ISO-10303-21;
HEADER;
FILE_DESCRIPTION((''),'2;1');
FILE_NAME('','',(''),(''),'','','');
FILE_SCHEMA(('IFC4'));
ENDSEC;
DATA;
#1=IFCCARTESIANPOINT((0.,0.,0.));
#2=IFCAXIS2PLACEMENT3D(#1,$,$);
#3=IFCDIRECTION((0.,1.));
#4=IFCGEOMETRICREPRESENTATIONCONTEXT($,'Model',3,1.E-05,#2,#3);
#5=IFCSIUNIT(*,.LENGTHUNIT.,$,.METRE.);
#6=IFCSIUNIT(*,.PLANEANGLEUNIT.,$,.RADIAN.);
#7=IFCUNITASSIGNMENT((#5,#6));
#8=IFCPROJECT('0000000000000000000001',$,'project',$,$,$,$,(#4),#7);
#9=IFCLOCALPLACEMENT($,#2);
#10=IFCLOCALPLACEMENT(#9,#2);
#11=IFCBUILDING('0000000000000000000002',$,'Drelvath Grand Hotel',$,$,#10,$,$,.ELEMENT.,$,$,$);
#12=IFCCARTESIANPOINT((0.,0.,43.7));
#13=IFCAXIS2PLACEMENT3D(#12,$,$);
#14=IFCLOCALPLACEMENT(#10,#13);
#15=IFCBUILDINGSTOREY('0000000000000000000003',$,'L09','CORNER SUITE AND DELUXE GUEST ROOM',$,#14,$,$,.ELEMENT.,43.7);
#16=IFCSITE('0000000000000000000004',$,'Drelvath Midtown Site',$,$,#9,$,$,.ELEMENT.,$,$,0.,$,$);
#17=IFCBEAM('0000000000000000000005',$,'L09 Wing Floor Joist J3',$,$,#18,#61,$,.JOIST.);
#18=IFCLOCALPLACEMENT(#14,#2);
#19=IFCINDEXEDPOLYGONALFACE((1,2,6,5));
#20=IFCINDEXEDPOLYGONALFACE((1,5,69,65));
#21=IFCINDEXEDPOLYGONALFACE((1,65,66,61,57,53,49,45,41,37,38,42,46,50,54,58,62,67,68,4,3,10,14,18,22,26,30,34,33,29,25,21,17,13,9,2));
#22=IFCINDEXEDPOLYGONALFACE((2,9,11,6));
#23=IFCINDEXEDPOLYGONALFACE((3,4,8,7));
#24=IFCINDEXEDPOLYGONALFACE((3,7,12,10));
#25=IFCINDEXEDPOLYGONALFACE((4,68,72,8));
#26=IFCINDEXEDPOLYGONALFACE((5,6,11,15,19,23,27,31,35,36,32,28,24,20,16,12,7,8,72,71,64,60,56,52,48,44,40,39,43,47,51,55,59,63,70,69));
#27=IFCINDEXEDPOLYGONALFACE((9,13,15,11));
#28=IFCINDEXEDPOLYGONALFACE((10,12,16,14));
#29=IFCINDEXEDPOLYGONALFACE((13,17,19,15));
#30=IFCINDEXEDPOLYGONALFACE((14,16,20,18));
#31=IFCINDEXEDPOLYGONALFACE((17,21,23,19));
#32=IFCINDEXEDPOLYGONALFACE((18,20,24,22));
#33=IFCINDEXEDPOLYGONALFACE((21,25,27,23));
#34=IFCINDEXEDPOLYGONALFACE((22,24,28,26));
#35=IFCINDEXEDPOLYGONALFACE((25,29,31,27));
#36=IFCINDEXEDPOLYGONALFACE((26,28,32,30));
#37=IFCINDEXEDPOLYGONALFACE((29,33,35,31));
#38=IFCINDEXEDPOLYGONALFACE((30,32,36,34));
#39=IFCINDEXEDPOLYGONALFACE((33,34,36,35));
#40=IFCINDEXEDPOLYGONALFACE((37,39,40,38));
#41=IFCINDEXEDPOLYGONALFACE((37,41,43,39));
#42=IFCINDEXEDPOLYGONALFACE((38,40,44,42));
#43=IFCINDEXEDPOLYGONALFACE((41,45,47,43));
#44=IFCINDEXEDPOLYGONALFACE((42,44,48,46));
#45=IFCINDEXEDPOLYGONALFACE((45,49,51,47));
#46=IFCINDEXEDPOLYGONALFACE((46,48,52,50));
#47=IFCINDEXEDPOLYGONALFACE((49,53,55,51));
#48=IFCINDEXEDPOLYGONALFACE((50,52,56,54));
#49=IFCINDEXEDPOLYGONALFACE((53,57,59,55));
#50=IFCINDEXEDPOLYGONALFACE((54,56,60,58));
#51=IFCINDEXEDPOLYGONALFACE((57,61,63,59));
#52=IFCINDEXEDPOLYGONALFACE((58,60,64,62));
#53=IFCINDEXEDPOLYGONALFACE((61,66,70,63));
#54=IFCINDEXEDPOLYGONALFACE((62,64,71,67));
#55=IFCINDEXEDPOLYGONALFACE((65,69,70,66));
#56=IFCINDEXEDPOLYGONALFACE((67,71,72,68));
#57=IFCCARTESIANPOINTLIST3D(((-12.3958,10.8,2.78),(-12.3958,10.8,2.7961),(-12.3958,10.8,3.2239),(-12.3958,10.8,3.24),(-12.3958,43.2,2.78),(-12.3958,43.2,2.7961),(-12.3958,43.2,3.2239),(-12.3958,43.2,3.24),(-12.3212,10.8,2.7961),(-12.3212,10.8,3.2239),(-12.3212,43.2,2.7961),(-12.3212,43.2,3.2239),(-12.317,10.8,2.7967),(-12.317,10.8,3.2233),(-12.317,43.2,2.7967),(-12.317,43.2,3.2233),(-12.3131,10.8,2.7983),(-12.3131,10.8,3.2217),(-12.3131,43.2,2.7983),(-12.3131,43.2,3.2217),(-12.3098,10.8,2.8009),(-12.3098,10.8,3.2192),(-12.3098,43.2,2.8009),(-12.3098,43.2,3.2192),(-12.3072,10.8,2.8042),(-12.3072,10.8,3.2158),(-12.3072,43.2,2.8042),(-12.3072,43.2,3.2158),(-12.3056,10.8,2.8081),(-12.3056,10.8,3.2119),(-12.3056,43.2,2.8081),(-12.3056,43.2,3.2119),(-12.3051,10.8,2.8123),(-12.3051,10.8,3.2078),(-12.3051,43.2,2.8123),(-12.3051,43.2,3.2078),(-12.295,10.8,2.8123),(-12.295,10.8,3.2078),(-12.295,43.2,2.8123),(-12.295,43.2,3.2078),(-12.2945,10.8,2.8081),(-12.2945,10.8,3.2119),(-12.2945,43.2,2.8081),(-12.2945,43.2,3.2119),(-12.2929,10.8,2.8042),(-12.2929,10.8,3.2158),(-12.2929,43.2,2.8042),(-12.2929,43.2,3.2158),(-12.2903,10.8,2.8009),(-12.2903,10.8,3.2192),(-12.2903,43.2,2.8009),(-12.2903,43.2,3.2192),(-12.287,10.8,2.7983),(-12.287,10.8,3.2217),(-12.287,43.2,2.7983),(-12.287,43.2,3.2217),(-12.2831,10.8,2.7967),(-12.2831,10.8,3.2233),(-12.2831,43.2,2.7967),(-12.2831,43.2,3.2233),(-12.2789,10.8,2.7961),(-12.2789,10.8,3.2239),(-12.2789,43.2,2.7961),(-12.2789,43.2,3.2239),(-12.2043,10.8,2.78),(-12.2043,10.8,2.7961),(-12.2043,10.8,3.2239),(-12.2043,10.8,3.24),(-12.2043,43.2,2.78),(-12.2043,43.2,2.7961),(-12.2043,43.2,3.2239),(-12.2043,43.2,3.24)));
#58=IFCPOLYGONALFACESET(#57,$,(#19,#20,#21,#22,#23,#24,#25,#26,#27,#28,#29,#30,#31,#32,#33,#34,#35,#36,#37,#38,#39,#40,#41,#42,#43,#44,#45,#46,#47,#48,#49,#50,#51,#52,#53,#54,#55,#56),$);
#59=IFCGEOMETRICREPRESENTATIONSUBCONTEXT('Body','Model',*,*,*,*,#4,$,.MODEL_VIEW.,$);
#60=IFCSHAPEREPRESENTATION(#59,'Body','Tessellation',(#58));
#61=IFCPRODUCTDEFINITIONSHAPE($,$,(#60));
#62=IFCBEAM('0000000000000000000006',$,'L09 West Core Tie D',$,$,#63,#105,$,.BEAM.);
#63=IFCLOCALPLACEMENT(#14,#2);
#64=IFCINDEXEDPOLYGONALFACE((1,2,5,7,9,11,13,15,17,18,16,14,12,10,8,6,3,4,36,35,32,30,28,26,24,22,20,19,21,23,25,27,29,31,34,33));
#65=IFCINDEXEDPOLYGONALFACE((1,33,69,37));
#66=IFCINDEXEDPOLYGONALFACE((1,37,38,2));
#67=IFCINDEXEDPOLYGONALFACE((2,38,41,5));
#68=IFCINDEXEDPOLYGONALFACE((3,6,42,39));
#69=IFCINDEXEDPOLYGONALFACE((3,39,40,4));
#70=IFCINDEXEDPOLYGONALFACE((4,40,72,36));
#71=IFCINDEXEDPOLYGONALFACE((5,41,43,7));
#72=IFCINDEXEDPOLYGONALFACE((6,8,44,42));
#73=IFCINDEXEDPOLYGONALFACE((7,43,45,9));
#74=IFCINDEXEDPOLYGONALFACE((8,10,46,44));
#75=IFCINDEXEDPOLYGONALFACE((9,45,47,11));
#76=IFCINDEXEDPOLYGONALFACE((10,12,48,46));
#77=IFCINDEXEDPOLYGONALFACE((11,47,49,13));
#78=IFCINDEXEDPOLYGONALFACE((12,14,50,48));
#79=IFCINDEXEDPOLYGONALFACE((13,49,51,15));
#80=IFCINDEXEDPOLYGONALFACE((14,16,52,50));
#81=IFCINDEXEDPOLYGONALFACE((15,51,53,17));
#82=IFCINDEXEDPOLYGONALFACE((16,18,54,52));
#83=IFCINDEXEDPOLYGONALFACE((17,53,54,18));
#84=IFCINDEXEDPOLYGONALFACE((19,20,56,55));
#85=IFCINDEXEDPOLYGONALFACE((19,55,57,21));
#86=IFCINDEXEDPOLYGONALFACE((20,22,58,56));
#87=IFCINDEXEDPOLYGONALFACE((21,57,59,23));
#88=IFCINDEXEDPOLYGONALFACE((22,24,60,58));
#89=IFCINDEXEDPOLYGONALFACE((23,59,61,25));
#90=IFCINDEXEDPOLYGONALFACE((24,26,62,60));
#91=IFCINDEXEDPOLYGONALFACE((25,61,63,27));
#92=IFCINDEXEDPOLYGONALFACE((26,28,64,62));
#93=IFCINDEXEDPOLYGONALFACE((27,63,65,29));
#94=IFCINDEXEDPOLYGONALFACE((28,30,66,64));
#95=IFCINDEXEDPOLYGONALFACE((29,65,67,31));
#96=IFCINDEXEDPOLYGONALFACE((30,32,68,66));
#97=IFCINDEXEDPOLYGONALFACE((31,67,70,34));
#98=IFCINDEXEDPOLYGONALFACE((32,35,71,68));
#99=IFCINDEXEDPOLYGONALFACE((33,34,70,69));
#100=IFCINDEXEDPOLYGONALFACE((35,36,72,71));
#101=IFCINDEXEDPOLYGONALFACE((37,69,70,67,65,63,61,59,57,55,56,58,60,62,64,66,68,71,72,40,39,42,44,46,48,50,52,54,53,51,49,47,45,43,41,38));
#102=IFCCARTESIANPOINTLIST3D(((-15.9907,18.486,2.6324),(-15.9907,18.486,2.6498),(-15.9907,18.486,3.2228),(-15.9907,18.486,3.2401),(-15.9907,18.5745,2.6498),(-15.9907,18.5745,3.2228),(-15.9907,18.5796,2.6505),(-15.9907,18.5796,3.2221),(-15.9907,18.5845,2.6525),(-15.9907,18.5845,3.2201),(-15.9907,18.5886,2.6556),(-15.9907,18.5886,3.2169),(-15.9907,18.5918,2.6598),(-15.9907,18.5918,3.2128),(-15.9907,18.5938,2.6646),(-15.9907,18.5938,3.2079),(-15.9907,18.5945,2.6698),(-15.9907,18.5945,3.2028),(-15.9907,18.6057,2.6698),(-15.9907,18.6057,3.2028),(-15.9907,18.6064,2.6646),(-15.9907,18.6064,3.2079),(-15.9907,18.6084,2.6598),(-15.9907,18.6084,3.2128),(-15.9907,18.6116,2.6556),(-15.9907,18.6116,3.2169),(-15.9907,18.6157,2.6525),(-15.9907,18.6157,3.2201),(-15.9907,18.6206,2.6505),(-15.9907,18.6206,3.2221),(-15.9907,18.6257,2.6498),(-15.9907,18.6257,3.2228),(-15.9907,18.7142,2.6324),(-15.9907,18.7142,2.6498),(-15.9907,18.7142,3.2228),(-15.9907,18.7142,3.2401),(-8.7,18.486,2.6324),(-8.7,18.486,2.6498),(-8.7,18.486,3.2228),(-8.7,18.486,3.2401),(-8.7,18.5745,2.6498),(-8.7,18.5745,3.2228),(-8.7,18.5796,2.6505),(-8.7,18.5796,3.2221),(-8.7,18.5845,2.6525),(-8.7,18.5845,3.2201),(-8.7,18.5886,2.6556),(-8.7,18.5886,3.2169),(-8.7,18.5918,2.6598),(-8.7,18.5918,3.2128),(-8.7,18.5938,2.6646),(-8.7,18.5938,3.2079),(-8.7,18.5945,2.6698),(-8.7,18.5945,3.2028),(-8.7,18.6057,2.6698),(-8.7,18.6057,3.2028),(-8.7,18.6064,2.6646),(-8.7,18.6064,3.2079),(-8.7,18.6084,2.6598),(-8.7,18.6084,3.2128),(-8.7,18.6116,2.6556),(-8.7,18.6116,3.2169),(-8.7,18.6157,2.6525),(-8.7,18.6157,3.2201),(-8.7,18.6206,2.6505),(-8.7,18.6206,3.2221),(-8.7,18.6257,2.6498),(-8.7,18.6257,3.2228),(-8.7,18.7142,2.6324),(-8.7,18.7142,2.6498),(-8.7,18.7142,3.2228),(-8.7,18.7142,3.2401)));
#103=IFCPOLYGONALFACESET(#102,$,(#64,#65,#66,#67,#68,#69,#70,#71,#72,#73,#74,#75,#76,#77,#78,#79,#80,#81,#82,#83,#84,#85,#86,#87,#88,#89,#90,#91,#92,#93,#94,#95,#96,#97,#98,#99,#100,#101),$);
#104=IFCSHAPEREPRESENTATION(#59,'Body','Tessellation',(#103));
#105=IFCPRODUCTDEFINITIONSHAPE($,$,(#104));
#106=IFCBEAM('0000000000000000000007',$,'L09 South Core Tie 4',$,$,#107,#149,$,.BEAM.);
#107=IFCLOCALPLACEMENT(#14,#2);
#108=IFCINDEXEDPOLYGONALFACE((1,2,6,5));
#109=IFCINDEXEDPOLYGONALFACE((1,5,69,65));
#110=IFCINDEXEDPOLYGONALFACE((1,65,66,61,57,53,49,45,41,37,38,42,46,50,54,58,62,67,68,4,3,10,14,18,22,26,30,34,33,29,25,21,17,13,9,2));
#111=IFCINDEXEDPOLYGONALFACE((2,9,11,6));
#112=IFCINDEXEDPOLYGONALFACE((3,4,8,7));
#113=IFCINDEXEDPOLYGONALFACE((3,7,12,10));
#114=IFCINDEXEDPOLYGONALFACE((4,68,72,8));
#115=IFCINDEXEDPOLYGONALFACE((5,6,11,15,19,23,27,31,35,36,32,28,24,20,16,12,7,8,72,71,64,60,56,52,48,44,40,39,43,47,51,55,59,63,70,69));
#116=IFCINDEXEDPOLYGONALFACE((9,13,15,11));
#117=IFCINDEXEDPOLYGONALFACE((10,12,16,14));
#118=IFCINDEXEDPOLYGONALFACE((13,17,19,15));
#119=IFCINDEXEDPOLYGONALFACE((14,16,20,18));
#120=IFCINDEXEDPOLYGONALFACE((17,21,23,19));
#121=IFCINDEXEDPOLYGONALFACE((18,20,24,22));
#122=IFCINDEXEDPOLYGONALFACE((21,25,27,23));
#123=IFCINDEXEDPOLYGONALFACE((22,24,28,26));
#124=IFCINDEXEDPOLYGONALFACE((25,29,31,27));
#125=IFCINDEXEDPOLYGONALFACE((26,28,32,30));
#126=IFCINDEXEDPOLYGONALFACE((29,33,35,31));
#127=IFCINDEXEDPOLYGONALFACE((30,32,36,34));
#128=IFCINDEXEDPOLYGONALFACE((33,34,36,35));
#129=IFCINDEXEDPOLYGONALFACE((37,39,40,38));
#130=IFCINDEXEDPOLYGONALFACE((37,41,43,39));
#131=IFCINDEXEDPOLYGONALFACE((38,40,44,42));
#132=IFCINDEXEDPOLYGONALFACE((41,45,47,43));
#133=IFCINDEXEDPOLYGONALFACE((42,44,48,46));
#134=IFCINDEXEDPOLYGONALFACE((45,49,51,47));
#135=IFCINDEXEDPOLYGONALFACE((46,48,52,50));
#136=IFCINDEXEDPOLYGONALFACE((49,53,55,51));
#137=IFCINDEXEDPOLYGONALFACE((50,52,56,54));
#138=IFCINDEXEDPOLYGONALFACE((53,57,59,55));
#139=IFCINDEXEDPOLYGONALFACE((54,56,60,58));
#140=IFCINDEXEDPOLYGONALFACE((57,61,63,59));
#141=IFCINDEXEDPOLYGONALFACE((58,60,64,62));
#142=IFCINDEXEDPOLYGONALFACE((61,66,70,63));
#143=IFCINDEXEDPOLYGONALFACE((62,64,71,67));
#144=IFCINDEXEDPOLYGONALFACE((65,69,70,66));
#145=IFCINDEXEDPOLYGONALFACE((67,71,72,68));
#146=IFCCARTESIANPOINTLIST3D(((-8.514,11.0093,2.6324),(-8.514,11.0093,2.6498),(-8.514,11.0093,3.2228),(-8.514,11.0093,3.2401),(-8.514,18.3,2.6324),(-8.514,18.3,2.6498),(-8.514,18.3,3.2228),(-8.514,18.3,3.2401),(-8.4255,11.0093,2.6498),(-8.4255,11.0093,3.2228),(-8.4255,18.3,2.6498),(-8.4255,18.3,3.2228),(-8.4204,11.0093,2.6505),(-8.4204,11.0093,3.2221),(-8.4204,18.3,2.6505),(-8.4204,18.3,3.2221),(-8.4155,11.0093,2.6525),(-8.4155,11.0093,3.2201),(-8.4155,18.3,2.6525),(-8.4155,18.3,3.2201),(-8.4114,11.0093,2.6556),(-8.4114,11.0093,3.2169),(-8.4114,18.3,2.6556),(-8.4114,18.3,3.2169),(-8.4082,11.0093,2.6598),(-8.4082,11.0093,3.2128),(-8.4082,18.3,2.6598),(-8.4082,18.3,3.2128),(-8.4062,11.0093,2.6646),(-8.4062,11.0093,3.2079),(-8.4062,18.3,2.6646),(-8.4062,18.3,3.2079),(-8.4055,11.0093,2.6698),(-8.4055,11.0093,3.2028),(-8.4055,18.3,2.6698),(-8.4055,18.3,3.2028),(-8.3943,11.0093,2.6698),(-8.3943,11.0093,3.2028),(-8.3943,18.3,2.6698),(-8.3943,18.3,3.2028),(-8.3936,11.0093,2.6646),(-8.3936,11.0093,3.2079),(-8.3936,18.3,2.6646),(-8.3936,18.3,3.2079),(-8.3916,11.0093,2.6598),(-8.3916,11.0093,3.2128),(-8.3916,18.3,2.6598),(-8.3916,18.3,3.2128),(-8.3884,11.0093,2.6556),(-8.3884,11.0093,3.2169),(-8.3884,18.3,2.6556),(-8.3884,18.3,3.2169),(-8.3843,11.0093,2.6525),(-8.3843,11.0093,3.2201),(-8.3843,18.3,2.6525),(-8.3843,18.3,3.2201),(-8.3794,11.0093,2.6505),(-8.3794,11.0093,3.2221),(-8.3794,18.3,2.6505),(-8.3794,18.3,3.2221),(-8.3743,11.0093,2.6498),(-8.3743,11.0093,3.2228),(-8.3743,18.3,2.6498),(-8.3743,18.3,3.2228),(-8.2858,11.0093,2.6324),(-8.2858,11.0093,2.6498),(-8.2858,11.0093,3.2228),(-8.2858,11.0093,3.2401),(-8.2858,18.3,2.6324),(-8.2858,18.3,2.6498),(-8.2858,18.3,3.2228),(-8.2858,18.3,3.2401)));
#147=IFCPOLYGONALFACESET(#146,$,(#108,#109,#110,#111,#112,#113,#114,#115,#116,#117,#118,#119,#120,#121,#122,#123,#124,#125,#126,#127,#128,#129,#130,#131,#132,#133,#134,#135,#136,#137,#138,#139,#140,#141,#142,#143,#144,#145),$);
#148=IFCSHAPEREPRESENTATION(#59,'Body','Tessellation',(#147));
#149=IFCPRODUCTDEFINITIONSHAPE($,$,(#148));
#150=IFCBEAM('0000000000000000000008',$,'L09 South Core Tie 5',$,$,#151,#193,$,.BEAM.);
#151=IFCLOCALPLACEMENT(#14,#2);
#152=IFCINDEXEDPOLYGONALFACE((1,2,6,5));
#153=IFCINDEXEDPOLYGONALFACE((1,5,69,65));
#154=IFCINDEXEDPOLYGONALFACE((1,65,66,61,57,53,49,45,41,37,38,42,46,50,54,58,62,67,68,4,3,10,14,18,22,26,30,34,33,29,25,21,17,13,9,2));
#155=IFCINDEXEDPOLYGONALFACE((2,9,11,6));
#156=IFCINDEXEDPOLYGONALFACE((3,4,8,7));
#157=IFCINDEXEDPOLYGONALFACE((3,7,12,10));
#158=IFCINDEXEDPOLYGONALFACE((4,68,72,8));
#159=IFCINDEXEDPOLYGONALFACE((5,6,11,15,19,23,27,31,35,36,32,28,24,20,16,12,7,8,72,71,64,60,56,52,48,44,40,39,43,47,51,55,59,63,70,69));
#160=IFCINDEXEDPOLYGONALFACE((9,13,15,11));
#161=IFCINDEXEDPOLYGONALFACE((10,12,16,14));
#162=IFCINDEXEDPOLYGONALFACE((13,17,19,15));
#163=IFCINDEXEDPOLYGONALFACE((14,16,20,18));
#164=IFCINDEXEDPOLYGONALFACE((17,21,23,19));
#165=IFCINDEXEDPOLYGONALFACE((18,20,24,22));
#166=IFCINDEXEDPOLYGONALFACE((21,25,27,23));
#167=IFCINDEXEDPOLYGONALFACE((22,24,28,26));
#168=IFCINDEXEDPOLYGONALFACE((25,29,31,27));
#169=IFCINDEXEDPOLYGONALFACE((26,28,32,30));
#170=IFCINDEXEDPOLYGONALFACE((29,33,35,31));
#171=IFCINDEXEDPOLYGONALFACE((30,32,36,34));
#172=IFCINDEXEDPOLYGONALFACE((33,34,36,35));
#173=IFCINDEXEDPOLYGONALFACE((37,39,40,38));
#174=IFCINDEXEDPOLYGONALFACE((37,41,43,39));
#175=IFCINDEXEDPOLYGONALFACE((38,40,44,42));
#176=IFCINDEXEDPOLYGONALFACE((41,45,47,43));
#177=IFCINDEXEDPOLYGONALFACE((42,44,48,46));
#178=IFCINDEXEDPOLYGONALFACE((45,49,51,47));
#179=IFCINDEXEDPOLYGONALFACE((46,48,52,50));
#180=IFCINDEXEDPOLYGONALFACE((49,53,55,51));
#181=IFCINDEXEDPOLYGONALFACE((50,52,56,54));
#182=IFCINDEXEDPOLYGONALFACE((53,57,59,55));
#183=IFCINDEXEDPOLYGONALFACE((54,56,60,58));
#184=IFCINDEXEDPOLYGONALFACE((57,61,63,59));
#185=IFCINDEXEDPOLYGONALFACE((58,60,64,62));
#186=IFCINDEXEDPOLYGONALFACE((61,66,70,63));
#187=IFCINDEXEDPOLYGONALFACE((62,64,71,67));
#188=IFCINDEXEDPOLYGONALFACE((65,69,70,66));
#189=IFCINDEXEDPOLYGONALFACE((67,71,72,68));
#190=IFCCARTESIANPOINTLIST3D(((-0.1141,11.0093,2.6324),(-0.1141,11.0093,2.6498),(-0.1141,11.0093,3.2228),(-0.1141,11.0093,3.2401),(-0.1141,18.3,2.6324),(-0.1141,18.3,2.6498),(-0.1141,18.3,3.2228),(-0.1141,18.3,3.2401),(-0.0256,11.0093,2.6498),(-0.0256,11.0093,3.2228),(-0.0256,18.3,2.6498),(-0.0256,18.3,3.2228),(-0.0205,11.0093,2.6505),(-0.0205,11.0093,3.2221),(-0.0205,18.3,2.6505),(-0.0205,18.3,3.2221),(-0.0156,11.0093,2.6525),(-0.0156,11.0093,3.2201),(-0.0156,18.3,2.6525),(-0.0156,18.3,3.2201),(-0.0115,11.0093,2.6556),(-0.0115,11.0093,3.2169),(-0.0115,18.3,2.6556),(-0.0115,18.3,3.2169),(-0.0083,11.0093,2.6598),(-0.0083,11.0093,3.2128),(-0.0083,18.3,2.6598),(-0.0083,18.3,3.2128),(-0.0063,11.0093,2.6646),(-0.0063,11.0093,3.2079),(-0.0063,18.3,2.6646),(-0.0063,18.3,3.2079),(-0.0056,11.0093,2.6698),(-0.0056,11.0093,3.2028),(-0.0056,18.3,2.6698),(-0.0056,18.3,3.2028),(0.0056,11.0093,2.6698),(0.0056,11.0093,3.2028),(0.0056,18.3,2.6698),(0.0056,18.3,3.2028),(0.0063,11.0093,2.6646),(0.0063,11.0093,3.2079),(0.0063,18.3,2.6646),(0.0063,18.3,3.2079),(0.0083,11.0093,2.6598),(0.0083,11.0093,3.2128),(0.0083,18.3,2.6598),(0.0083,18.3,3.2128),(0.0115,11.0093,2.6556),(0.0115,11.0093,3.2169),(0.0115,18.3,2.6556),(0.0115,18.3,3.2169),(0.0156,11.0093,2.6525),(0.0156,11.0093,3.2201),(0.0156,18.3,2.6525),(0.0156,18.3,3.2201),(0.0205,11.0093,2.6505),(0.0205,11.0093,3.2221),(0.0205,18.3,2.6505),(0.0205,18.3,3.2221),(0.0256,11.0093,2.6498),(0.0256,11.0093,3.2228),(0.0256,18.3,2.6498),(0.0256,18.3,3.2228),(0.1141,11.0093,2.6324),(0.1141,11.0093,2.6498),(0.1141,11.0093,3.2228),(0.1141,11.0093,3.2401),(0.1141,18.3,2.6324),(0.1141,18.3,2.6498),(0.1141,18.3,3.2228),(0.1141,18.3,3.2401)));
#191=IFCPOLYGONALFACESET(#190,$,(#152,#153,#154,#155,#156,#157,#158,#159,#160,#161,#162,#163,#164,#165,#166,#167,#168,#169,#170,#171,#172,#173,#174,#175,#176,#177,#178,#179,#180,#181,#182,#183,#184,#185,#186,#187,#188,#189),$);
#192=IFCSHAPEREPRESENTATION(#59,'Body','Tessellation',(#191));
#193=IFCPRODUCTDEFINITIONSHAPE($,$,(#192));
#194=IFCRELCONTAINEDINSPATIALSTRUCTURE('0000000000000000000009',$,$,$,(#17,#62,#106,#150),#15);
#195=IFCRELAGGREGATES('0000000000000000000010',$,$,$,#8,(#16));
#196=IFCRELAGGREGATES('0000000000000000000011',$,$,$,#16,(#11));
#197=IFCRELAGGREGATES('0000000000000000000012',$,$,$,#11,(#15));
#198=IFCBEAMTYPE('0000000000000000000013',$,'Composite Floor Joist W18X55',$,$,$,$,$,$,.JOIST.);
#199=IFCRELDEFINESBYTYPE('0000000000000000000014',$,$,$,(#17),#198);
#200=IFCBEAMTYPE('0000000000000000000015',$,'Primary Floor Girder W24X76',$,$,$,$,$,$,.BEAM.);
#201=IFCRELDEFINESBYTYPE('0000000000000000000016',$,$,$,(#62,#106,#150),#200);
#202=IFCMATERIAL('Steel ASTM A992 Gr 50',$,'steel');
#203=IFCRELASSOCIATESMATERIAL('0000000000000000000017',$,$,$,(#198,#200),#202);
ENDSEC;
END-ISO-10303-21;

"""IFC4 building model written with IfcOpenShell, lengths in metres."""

from ifc_helpers import new_model, si_unit, direction, frame, origin, origin_2d, place, context, subcontext, project, spatial, i_section, extrude, material, material_profile, profile_set, type_object, element, save


model = new_model("IFC4")

# Units and contexts
model_context = context("Model", 3, precision=1e-05, world=origin(), true_north=direction((0.0, 1.0)))
body_context = subcontext(model_context, "Body", "Model", "MODEL_VIEW")
ifc_project = project(units=[si_unit("LENGTHUNIT", "METRE"), si_unit("PLANEANGLEUNIT", "RADIAN")], contexts=[model_context])

# Site, building, storey
site_placement = place(None, origin())
site = spatial("IfcSite", under=ifc_project, at=site_placement, Name="Drelvath Midtown Site", CompositionType="ELEMENT", RefElevation=0.0)
building_placement = place(site_placement, origin())
building = spatial("IfcBuilding", under=site, at=building_placement, Name="Drelvath Grand Hotel", CompositionType="ELEMENT")
storey_placement = place(building_placement, frame((0.0, 0.0, 43.7)))
storey = spatial("IfcBuildingStorey", under=building, at=storey_placement, Name="L09", Description="CORNER SUITE AND DELUXE GUEST ROOM", CompositionType="ELEMENT", Elevation=43.7)

# Beams
ifc_material_1 = material(Name="Steel ASTM A992 Gr 50", Category="steel")
ifc_material_profile_1 = material_profile(ifc_material_1, i_section(OverallWidth=0.1914, OverallDepth=0.46, WebThickness=0.01, FlangeThickness=0.0161, FilletRadius=0.0161, at=origin_2d()), Name="W18X55")
ifc_profile_set_1 = profile_set([ifc_material_profile_1], Name="Steel ASTM A992 Gr 50")
beam_type_1 = type_object("IfcBeamType", Name="Composite Floor Joist W18X55", PredefinedType="JOIST", material=ifc_profile_set_1)
beam_1_placement = place(storey_placement, frame((-12.3, 10.8, 3.01), z_axis=(0.0, 1.0, 0.0), x_axis=(-1.0, 0.0, 0.0)))
element("IfcBeam", 1, at=beam_1_placement, inside=storey, type_object=beam_type_1, Name="L09 Wing Floor Joist J3", PredefinedType="JOIST", context=body_context, shape_type="SweptSolid", body=[
    extrude(i_section(OverallWidth=0.1914, OverallDepth=0.46, WebThickness=0.01, FlangeThickness=0.0161, FilletRadius=0.0161, at=origin_2d()), origin(), (0.0, 0.0, 1.0), 32.3999),
])
ifc_material_profile_2 = material_profile(ifc_material_1, i_section(OverallWidth=0.2283, OverallDepth=0.6077, WebThickness=0.0112, FlangeThickness=0.0173, FilletRadius=0.02, at=origin_2d()), Name="W24X76")
ifc_profile_set_2 = profile_set([ifc_material_profile_2], Name="Steel ASTM A992 Gr 50")
beam_type_2 = type_object("IfcBeamType", Name="Primary Floor Girder W24X76", PredefinedType="BEAM", material=ifc_profile_set_2)
for number, where, z_axis, x_axis, name in (
    (2, (-15.9907, 18.6001, 2.9363), (1.0, 0.0, 0.0), (0.0, 1.0, 0.0), "L09 West Core Tie D"),
    (3, (-8.3999, 11.0093, 2.9363), (0.0, 1.0, 0.0), (-1.0, 0.0, 0.0), "L09 South Core Tie 4"),
    (4, (0.0, 11.0093, 2.9363), (0.0, 1.0, 0.0), (-1.0, 0.0, 0.0), "L09 South Core Tie 5"),
):
    element("IfcBeam", number, at=place(storey_placement, frame(where, z_axis=z_axis, x_axis=x_axis)), inside=storey, type_object=beam_type_2, Name=name, PredefinedType="BEAM", context=body_context, shape_type="SweptSolid", body=[
        extrude(i_section(OverallWidth=0.2283, OverallDepth=0.6077, WebThickness=0.0112, FlangeThickness=0.0173, FilletRadius=0.02, at=origin_2d()), origin(), (0.0, 0.0, 1.0), 7.2908),
    ])

save(model, "model.ifc")
